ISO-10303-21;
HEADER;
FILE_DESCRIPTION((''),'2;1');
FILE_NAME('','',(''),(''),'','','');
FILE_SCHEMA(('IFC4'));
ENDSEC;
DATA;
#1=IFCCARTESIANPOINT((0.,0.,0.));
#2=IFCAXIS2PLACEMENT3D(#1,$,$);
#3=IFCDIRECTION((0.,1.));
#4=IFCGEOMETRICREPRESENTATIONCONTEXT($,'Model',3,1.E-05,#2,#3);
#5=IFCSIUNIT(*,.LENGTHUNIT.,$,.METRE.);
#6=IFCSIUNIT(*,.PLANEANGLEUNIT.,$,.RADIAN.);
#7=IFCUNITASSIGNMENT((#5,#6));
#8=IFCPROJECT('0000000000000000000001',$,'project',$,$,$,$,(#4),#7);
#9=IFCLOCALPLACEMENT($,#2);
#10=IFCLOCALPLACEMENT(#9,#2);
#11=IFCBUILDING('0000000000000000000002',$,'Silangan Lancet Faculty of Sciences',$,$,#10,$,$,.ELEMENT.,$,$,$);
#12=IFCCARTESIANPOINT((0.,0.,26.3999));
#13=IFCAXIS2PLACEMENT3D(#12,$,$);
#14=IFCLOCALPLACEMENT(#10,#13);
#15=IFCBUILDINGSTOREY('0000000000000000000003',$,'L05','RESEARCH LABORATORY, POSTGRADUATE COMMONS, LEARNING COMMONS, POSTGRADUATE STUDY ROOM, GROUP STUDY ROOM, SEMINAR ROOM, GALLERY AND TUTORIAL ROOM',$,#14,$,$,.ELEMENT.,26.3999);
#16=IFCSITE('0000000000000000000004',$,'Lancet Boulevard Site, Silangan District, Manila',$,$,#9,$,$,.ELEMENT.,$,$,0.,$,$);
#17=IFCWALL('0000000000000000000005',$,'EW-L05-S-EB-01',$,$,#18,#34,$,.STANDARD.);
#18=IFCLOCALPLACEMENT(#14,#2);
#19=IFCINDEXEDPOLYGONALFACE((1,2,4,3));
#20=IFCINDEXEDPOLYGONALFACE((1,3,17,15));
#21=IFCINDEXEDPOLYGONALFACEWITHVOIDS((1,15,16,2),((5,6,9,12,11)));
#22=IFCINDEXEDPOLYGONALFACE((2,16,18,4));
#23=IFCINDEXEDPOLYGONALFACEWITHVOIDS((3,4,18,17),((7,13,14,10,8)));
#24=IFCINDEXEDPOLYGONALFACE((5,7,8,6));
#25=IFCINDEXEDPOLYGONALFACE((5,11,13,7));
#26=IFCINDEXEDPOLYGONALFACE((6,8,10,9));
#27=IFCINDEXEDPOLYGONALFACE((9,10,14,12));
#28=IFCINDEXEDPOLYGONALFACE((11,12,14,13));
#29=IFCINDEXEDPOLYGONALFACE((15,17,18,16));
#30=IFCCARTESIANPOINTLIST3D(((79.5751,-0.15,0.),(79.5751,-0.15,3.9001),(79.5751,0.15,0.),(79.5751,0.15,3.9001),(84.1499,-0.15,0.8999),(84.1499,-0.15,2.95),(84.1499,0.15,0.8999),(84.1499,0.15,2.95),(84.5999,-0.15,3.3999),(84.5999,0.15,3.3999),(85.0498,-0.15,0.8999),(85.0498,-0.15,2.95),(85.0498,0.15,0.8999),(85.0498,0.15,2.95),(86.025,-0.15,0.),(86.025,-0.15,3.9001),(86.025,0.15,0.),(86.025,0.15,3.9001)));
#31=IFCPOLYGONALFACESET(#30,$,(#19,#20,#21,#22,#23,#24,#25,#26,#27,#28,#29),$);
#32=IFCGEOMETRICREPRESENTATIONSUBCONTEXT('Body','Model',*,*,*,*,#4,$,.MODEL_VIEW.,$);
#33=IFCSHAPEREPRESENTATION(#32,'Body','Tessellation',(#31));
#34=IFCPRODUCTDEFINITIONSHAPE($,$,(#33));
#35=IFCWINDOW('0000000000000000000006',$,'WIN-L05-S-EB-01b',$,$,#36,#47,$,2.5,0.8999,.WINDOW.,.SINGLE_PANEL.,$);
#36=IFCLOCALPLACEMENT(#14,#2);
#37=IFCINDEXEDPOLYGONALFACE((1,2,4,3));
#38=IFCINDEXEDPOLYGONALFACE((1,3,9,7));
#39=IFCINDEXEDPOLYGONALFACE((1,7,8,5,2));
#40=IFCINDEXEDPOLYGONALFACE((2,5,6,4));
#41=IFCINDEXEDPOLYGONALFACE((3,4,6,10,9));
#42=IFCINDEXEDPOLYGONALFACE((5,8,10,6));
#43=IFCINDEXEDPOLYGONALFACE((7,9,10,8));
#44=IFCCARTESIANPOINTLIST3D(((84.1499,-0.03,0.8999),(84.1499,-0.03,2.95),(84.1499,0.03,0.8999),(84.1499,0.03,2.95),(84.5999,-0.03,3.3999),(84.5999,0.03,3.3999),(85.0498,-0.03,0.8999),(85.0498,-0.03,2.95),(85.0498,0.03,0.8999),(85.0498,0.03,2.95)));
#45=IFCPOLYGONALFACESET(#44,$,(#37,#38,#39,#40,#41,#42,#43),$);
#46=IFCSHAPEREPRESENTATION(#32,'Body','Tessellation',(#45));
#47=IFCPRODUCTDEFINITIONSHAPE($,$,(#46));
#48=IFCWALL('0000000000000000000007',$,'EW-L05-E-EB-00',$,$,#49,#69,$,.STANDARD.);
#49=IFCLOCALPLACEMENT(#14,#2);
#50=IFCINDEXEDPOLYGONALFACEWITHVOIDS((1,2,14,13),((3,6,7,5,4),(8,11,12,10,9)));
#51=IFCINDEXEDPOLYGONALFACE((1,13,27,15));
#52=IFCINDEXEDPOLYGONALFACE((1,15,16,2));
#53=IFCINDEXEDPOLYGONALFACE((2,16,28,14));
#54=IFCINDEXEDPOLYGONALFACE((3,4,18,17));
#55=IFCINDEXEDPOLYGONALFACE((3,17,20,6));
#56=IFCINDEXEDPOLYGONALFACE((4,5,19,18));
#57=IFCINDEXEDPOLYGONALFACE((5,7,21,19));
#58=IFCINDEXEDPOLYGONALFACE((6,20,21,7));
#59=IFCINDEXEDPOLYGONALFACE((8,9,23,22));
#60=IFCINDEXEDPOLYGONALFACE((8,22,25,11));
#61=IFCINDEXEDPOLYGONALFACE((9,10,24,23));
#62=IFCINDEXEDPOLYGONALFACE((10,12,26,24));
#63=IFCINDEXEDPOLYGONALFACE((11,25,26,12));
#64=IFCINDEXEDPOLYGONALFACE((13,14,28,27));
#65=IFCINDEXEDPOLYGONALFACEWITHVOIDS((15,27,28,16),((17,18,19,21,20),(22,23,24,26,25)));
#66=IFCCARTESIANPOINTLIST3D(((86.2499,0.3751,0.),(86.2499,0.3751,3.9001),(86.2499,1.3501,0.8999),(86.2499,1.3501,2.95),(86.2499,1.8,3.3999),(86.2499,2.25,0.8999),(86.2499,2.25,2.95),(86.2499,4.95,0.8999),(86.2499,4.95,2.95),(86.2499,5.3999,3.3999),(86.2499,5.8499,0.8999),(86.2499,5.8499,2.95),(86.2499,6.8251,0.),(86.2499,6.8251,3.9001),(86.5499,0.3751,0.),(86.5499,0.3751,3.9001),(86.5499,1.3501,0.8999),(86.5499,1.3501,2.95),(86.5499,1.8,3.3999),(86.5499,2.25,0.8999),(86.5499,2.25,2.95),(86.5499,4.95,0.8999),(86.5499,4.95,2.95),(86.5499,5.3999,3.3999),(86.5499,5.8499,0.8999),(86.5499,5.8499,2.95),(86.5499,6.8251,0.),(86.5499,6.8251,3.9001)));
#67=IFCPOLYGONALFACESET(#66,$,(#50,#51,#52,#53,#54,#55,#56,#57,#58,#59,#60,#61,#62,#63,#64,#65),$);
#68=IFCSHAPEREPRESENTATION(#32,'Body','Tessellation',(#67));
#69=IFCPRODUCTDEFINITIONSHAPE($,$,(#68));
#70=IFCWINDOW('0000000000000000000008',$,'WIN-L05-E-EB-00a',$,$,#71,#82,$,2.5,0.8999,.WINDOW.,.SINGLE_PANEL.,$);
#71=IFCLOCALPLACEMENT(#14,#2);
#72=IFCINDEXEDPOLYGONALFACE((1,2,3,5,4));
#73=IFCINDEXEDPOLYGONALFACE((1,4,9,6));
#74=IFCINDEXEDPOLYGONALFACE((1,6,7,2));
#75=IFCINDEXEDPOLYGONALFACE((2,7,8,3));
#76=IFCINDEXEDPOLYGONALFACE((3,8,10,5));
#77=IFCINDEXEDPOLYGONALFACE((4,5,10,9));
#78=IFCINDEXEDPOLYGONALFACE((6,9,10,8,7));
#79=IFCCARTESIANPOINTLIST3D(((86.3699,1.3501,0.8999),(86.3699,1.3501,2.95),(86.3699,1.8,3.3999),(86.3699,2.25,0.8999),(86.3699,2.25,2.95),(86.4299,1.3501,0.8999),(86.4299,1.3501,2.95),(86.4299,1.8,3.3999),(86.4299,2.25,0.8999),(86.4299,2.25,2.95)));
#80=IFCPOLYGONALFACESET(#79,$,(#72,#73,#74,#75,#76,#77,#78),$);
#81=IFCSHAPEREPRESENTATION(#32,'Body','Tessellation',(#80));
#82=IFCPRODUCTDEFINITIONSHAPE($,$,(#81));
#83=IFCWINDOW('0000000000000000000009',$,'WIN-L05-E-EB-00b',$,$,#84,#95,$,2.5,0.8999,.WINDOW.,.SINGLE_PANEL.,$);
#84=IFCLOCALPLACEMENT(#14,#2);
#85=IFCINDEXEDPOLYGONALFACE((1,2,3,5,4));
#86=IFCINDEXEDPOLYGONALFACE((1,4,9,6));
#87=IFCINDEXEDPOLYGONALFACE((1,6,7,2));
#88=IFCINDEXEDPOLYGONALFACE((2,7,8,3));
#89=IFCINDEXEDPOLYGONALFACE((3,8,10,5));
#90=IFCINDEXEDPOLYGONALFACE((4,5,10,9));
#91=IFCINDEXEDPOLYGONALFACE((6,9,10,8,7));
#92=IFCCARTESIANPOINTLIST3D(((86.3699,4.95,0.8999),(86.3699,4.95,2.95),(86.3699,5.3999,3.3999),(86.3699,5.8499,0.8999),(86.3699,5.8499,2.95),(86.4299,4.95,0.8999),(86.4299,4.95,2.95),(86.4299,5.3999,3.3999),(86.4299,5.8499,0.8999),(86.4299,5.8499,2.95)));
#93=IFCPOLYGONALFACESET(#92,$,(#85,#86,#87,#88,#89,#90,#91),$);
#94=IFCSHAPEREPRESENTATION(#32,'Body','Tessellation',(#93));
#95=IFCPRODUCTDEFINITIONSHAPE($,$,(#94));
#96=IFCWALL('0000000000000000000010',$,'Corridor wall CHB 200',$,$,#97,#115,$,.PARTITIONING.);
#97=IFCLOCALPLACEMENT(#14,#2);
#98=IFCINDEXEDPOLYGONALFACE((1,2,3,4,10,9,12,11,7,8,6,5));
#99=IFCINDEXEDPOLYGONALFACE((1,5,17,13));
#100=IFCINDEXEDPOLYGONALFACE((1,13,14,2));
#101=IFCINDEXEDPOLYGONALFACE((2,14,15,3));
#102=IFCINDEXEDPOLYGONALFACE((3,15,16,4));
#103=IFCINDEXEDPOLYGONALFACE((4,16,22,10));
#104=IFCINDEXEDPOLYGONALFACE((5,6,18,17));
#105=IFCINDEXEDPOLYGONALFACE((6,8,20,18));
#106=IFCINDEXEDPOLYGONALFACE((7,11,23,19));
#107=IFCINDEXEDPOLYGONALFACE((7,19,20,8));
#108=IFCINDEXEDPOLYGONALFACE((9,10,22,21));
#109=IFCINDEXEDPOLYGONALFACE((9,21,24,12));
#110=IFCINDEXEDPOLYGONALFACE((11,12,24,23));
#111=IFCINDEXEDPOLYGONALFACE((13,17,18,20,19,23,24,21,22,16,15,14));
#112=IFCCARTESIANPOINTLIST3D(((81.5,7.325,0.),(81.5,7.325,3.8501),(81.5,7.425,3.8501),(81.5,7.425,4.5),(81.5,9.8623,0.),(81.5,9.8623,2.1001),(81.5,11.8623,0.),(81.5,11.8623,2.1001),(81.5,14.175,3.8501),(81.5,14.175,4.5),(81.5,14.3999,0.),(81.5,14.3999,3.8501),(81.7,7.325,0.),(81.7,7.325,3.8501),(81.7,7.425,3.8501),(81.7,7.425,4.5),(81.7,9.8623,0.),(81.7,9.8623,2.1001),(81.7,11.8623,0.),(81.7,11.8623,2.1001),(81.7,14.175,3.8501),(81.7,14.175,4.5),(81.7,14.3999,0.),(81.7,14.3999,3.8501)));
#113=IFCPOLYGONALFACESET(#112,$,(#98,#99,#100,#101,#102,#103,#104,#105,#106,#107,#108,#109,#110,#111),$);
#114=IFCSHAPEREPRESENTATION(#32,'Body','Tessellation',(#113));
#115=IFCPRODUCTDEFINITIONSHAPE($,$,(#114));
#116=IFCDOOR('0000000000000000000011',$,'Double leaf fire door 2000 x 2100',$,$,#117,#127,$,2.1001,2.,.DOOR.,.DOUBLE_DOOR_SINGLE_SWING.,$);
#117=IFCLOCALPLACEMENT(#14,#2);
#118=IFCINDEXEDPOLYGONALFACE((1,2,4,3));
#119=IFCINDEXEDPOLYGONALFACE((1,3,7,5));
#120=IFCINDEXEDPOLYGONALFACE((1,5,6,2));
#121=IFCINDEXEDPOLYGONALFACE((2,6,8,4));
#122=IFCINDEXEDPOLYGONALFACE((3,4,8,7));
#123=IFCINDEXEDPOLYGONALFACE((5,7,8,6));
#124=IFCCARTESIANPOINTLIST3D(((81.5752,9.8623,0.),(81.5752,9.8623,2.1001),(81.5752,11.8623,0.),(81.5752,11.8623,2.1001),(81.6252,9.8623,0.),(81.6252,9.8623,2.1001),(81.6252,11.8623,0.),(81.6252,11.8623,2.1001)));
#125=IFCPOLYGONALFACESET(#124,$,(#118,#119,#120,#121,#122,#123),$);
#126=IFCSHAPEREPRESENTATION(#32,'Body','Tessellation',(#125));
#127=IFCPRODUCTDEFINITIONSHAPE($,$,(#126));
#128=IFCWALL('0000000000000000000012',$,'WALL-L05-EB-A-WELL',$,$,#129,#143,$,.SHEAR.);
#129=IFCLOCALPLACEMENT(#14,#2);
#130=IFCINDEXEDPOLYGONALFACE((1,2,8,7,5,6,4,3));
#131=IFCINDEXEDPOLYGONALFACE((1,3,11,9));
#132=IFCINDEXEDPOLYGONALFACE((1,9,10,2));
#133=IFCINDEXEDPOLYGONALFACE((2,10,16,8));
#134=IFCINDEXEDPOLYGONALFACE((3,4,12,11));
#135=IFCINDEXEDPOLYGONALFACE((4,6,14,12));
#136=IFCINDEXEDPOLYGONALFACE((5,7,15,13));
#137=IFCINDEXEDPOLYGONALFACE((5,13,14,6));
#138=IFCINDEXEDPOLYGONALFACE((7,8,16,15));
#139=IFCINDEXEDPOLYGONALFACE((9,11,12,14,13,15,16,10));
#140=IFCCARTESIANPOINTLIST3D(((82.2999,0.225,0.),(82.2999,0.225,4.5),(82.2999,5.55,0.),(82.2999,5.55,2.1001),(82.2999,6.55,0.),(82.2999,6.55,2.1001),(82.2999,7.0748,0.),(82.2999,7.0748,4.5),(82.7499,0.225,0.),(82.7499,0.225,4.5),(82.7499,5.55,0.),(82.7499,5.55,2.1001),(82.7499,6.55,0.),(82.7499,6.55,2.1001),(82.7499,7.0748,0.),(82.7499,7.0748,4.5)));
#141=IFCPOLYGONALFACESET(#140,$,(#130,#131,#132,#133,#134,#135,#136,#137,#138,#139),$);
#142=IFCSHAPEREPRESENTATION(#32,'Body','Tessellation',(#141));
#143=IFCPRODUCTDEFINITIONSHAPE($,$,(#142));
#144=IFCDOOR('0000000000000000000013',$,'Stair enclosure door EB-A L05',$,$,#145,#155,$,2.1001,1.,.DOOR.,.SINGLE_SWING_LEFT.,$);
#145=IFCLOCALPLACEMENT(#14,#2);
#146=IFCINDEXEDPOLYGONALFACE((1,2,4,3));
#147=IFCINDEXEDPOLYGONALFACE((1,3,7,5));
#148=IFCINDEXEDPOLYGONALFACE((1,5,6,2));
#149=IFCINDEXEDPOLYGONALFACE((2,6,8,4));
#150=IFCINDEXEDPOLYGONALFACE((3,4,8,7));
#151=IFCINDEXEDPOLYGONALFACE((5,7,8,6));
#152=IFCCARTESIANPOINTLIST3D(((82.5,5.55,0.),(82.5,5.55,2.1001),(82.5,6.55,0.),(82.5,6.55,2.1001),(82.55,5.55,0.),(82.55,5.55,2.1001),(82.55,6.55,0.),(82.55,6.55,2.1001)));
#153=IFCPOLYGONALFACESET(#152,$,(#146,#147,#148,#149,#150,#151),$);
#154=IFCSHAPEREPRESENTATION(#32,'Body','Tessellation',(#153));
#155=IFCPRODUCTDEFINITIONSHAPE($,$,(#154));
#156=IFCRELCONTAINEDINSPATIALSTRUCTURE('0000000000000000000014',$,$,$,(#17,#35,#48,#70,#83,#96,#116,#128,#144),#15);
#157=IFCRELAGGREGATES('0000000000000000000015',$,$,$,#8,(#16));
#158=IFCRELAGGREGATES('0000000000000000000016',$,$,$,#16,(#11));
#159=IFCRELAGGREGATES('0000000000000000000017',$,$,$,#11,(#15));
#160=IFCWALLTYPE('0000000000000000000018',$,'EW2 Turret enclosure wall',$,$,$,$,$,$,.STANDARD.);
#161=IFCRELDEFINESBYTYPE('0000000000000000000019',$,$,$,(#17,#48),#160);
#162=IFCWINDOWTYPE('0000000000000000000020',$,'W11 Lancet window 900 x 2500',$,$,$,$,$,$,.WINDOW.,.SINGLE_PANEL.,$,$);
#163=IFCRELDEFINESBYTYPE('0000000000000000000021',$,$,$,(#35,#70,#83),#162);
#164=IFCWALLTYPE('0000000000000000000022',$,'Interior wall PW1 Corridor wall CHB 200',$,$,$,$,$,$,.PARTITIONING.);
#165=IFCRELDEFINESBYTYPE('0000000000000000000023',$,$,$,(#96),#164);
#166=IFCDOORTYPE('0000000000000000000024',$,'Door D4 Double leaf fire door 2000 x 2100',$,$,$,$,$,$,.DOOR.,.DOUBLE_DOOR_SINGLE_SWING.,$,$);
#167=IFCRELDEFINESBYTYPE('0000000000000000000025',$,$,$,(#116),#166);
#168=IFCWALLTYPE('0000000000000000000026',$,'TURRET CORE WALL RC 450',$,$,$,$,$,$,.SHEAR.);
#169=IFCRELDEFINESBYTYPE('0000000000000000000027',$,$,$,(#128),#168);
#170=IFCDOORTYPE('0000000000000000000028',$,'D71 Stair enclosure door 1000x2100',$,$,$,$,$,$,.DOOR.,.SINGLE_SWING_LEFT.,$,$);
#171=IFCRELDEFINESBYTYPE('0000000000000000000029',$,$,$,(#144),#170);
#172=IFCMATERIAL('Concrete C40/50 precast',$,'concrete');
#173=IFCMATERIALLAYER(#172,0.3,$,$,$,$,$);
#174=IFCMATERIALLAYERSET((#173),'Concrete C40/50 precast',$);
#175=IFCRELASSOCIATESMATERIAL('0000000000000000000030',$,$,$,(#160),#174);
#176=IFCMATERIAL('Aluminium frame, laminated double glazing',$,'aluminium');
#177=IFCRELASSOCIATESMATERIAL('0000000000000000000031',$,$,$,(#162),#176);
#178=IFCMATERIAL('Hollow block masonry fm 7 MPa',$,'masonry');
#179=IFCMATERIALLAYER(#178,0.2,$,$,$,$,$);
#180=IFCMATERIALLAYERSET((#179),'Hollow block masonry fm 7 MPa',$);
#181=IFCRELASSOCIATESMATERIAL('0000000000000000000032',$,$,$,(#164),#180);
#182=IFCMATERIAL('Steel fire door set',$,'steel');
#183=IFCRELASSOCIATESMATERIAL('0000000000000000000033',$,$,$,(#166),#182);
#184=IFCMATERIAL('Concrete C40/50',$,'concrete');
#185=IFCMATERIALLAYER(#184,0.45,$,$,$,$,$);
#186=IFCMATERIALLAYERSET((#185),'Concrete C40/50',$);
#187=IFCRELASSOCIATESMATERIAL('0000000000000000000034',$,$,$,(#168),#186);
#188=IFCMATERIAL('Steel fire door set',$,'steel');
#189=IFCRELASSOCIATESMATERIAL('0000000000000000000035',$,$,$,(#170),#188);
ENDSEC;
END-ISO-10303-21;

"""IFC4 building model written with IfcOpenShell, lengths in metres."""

from ifc_helpers import new_model, si_unit, direction, frame, frame_2d, origin, place, context, subcontext, project, spatial, polyline, rectangle, outline, extrude, material, layer, layer_set, type_object, element, fill, save


model = new_model("IFC4")

# Units and contexts
model_context = context("Model", 3, precision=1e-05, world=origin(), true_north=direction((0.0, 1.0)))
body_context = subcontext(model_context, "Body", "Model", "MODEL_VIEW")
ifc_project = project(units=[si_unit("LENGTHUNIT", "METRE"), si_unit("PLANEANGLEUNIT", "RADIAN")], contexts=[model_context])

# Site, building, storey
site_placement = place(None, origin())
site = spatial("IfcSite", under=ifc_project, at=site_placement, Name="Lancet Boulevard Site, Silangan District, Manila", CompositionType="ELEMENT", RefElevation=0.0)
building_placement = place(site_placement, origin())
building = spatial("IfcBuilding", under=site, at=building_placement, Name="Silangan Lancet Faculty of Sciences", CompositionType="ELEMENT")
storey_placement = place(building_placement, frame((0.0, 0.0, 26.3999)))
storey = spatial("IfcBuildingStorey", under=building, at=storey_placement, Name="L05", Description="RESEARCH LABORATORY, POSTGRADUATE COMMONS, LEARNING COMMONS, POSTGRADUATE STUDY ROOM, GROUP STUDY ROOM, SEMINAR ROOM, GALLERY AND TUTORIAL ROOM", CompositionType="ELEMENT", Elevation=26.3999)

# Wall, opening, window
ifc_material_1 = material(Name="Concrete C40/50 precast", Category="concrete")
ifc_layer_1 = layer(ifc_material_1, 0.3)
ifc_layer_set_1 = layer_set([ifc_layer_1], Name="Concrete C40/50 precast")
wall_type_1 = type_object("IfcWallType", Name="EW2 Turret enclosure wall", PredefinedType="STANDARD", material=ifc_layer_set_1)
wall_1_placement = place(storey_placement, frame((79.575, 0.0, 0.0), z_axis=(0.0, 0.0, 1.0), x_axis=(1.0, 0.0, 0.0)))
wall_1 = element("IfcWall", 1, at=wall_1_placement, inside=storey, type_object=wall_type_1, Name="EW-L05-S-EB-01", PredefinedType="STANDARD", context=body_context, shape_type="SweptSolid", body=[
    extrude(rectangle(XDim=6.45, YDim=0.3, at=frame_2d((3.2251, 0.0))), origin(), (0.0, 0.0, 1.0), 3.9001),
])
opening_1_placement = place(wall_1_placement, frame((4.575, 0.0, 0.8999)))
opening_1 = element("IfcOpeningElement", 2, at=opening_1_placement, cuts=wall_1, PredefinedType="OPENING", context=body_context, shape_type="SweptSolid", body=[
    extrude(outline(polyline([(0.0, 0.0), (0.8999, 0.0), (0.8999, 2.05), (0.45, 2.5), (0.0, 2.05), (0.0, 0.0)])), frame((0.0, 0.1599, 0.0), z_axis=(0.0, -1.0, 0.0), x_axis=(1.0, 0.0, 0.0)), (0.0, 0.0, 1.0), 0.3201),
])
ifc_material_2 = material(Name="Aluminium frame, laminated double glazing", Category="aluminium")
window_type = type_object("IfcWindowType", Name="W11 Lancet window 900 x 2500", PartitioningType="SINGLE_PANEL", PredefinedType="WINDOW", material=ifc_material_2)
window_1_placement = place(opening_1_placement, origin())
window_1 = element("IfcWindow", 3, at=window_1_placement, inside=storey, type_object=window_type, Name="WIN-L05-S-EB-01b", OverallHeight=2.5, OverallWidth=0.8999, PartitioningType="SINGLE_PANEL", PredefinedType="WINDOW", context=body_context, shape_type="SweptSolid", body=[
    extrude(outline(polyline([(0.0, 0.0), (0.8999, 0.0), (0.8999, 2.05), (0.45, 2.5), (0.0, 2.05), (0.0, 0.0)])), frame((0.0, 0.03, 0.0), z_axis=(0.0, -1.0, 0.0), x_axis=(1.0, 0.0, 0.0)), (0.0, 0.0, 1.0), 0.0601),
])
fill(opening_1, window_1)

# Wall, openings, windows
wall_2_placement = place(storey_placement, frame((86.3999, 0.375, 0.0), z_axis=(0.0, 0.0, 1.0), x_axis=(0.0, 1.0, 0.0)))
wall_2 = element("IfcWall", 4, at=wall_2_placement, inside=storey, type_object=wall_type_1, Name="EW-L05-E-EB-00", PredefinedType="STANDARD", context=body_context, shape_type="SweptSolid", body=[
    extrude(rectangle(XDim=6.45, YDim=0.3, at=frame_2d((3.2251, 0.0))), origin(), (0.0, 0.0, 1.0), 3.9001),
])
opening_2_placement = place(wall_2_placement, frame((0.9751, 0.0, 0.8999)))
opening_2 = element("IfcOpeningElement", 5, at=opening_2_placement, cuts=wall_2, PredefinedType="OPENING", context=body_context, shape_type="SweptSolid", body=[
    extrude(outline(polyline([(0.0, 0.0), (0.8999, 0.0), (0.8999, 2.05), (0.45, 2.5), (0.0, 2.05), (0.0, 0.0)])), frame((0.0, 0.1599, 0.0), z_axis=(0.0, -1.0, 0.0), x_axis=(1.0, 0.0, 0.0)), (0.0, 0.0, 1.0), 0.3201),
])
opening_3_placement = place(wall_2_placement, frame((4.575, 0.0, 0.8999)))
opening_3 = element("IfcOpeningElement", 6, at=opening_3_placement, cuts=wall_2, PredefinedType="OPENING", context=body_context, shape_type="SweptSolid", body=[
    extrude(outline(polyline([(0.0, 0.0), (0.8999, 0.0), (0.8999, 2.05), (0.45, 2.5), (0.0, 2.05), (0.0, 0.0)])), frame((0.0, 0.1599, 0.0), z_axis=(0.0, -1.0, 0.0), x_axis=(1.0, 0.0, 0.0)), (0.0, 0.0, 1.0), 0.3201),
])
window_2_placement = place(opening_2_placement, origin())
window_2 = element("IfcWindow", 7, at=window_2_placement, inside=storey, type_object=window_type, Name="WIN-L05-E-EB-00a", OverallHeight=2.5, OverallWidth=0.8999, PartitioningType="SINGLE_PANEL", PredefinedType="WINDOW", context=body_context, shape_type="SweptSolid", body=[
    extrude(outline(polyline([(0.0, 0.0), (0.8999, 0.0), (0.8999, 2.05), (0.45, 2.5), (0.0, 2.05), (0.0, 0.0)])), frame((0.0, 0.03, 0.0), z_axis=(0.0, -1.0, 0.0), x_axis=(1.0, 0.0, 0.0)), (0.0, 0.0, 1.0), 0.0601),
])
fill(opening_2, window_2)
window_3_placement = place(opening_3_placement, origin())
window_3 = element("IfcWindow", 8, at=window_3_placement, inside=storey, type_object=window_type, Name="WIN-L05-E-EB-00b", OverallHeight=2.5, OverallWidth=0.8999, PartitioningType="SINGLE_PANEL", PredefinedType="WINDOW", context=body_context, shape_type="SweptSolid", body=[
    extrude(outline(polyline([(0.0, 0.0), (0.8999, 0.0), (0.8999, 2.05), (0.45, 2.5), (0.0, 2.05), (0.0, 0.0)])), frame((0.0, 0.03, 0.0), z_axis=(0.0, -1.0, 0.0), x_axis=(1.0, 0.0, 0.0)), (0.0, 0.0, 1.0), 0.0601),
])
fill(opening_3, window_3)

# Walls, openings, doors
ifc_material_3 = material(Name="Hollow block masonry fm 7 MPa", Category="masonry")
ifc_layer_2 = layer(ifc_material_3, 0.2)
ifc_layer_set_2 = layer_set([ifc_layer_2], Name="Hollow block masonry fm 7 MPa")
wall_type_2 = type_object("IfcWallType", Name="Interior wall PW1 Corridor wall CHB 200", PredefinedType="PARTITIONING", material=ifc_layer_set_2)
wall_3_placement = place(storey_placement, frame((81.6001, 7.325, 0.0), z_axis=(0.0, 0.0, 1.0), x_axis=(0.0, 1.0, 0.0)))
wall_3 = element("IfcWall", 9, at=wall_3_placement, inside=storey, type_object=wall_type_2, Name="Corridor wall CHB 200", PredefinedType="PARTITIONING", context=body_context, shape_type="SweptSolid", body=[
    extrude(outline(polyline([(0.0, 0.0), (7.075, 0.0), (7.075, 3.8501), (6.8501, 3.8501), (6.8501, 4.5), (0.1001, 4.5), (0.1001, 3.8501), (0.0, 3.8501), (0.0, 0.0)])), frame((0.0, 0.1001, 0.0), z_axis=(0.0, -1.0, 0.0), x_axis=(1.0, 0.0, 0.0)), (0.0, 0.0, 1.0), 0.2),
])
opening_4_placement = place(wall_3_placement, frame((2.5374, 0.0, 0.0)))
opening_4 = element("IfcOpeningElement", 10, at=opening_4_placement, cuts=wall_3, PredefinedType="OPENING", context=body_context, shape_type="SweptSolid", body=[
    extrude(rectangle(XDim=2.0, YDim=2.1001, at=frame_2d((1.0, 1.05))), frame((0.0, 0.1099, 0.0), z_axis=(0.0, -1.0, 0.0), x_axis=(1.0, 0.0, 0.0)), (0.0, 0.0, 1.0), 0.22),
])
ifc_material_4 = material(Name="Steel fire door set", Category="steel")
door_type_1 = type_object("IfcDoorType", Name="Door D4 Double leaf fire door 2000 x 2100", OperationType="DOUBLE_DOOR_SINGLE_SWING", PredefinedType="DOOR", material=ifc_material_4)
door_1_placement = place(opening_4_placement, origin())
door_1 = element("IfcDoor", 11, at=door_1_placement, inside=storey, type_object=door_type_1, Name="Double leaf fire door 2000 x 2100", OperationType="DOUBLE_DOOR_SINGLE_SWING", OverallHeight=2.1001, OverallWidth=2.0, PredefinedType="DOOR", context=body_context, shape_type="SweptSolid", body=[
    extrude(rectangle(XDim=2.0, YDim=2.1001, at=frame_2d((1.0, 1.05))), frame((0.0, 0.0249, 0.0), z_axis=(0.0, -1.0, 0.0), x_axis=(1.0, 0.0, 0.0)), (0.0, 0.0, 1.0), 0.05),
])
fill(opening_4, door_1)
ifc_material_5 = material(Name="Concrete C40/50", Category="concrete")
ifc_layer_3 = layer(ifc_material_5, 0.45)
ifc_layer_set_3 = layer_set([ifc_layer_3], Name="Concrete C40/50")
wall_type_3 = type_object("IfcWallType", Name="TURRET CORE WALL RC 450", PredefinedType="SHEAR", material=ifc_layer_set_3)
wall_4_placement = place(storey_placement, frame((82.5249, 0.2251, 0.0), z_axis=(0.0, 0.0, 1.0), x_axis=(0.0, 1.0, 0.0)))
wall_4 = element("IfcWall", 12, at=wall_4_placement, inside=storey, type_object=wall_type_3, Name="WALL-L05-EB-A-WELL", PredefinedType="SHEAR", context=body_context, shape_type="SweptSolid", body=[
    extrude(rectangle(XDim=6.8499, YDim=0.45, at=frame_2d((3.4248, 0.0))), origin(), (0.0, 0.0, 1.0), 4.5),
])
opening_5_placement = place(wall_4_placement, frame((5.325, 0.0, 0.0)))
opening_5 = element("IfcOpeningElement", 13, at=opening_5_placement, cuts=wall_4, PredefinedType="OPENING", context=body_context, shape_type="SweptSolid", body=[
    extrude(rectangle(XDim=1.0, YDim=2.1001, at=frame_2d((0.5, 1.05))), frame((0.0, 0.2349, 0.0), z_axis=(0.0, -1.0, 0.0), x_axis=(1.0, 0.0, 0.0)), (0.0, 0.0, 1.0), 0.47),
])
ifc_material_6 = material(Name="Steel fire door set", Category="steel")
door_type_2 = type_object("IfcDoorType", Name="D71 Stair enclosure door 1000x2100", OperationType="SINGLE_SWING_LEFT", PredefinedType="DOOR", material=ifc_material_6)
door_2_placement = place(opening_5_placement, frame((1.0, 0.0, 0.0), z_axis=(0.0, 0.0, 1.0), x_axis=(-1.0, 0.0, 0.0)))
door_2 = element("IfcDoor", 14, at=door_2_placement, inside=storey, type_object=door_type_2, Name="Stair enclosure door EB-A L05", OperationType="SINGLE_SWING_LEFT", OverallHeight=2.1001, OverallWidth=1.0, PredefinedType="DOOR", context=body_context, shape_type="SweptSolid", body=[
    extrude(rectangle(XDim=1.0, YDim=2.1001, at=frame_2d((0.5, 1.05))), frame((0.0, 0.0251, 0.0), z_axis=(0.0, -1.0, 0.0), x_axis=(1.0, 0.0, 0.0)), (0.0, 0.0, 1.0), 0.05),
])
fill(opening_5, door_2)

save(model, "model.ifc")
